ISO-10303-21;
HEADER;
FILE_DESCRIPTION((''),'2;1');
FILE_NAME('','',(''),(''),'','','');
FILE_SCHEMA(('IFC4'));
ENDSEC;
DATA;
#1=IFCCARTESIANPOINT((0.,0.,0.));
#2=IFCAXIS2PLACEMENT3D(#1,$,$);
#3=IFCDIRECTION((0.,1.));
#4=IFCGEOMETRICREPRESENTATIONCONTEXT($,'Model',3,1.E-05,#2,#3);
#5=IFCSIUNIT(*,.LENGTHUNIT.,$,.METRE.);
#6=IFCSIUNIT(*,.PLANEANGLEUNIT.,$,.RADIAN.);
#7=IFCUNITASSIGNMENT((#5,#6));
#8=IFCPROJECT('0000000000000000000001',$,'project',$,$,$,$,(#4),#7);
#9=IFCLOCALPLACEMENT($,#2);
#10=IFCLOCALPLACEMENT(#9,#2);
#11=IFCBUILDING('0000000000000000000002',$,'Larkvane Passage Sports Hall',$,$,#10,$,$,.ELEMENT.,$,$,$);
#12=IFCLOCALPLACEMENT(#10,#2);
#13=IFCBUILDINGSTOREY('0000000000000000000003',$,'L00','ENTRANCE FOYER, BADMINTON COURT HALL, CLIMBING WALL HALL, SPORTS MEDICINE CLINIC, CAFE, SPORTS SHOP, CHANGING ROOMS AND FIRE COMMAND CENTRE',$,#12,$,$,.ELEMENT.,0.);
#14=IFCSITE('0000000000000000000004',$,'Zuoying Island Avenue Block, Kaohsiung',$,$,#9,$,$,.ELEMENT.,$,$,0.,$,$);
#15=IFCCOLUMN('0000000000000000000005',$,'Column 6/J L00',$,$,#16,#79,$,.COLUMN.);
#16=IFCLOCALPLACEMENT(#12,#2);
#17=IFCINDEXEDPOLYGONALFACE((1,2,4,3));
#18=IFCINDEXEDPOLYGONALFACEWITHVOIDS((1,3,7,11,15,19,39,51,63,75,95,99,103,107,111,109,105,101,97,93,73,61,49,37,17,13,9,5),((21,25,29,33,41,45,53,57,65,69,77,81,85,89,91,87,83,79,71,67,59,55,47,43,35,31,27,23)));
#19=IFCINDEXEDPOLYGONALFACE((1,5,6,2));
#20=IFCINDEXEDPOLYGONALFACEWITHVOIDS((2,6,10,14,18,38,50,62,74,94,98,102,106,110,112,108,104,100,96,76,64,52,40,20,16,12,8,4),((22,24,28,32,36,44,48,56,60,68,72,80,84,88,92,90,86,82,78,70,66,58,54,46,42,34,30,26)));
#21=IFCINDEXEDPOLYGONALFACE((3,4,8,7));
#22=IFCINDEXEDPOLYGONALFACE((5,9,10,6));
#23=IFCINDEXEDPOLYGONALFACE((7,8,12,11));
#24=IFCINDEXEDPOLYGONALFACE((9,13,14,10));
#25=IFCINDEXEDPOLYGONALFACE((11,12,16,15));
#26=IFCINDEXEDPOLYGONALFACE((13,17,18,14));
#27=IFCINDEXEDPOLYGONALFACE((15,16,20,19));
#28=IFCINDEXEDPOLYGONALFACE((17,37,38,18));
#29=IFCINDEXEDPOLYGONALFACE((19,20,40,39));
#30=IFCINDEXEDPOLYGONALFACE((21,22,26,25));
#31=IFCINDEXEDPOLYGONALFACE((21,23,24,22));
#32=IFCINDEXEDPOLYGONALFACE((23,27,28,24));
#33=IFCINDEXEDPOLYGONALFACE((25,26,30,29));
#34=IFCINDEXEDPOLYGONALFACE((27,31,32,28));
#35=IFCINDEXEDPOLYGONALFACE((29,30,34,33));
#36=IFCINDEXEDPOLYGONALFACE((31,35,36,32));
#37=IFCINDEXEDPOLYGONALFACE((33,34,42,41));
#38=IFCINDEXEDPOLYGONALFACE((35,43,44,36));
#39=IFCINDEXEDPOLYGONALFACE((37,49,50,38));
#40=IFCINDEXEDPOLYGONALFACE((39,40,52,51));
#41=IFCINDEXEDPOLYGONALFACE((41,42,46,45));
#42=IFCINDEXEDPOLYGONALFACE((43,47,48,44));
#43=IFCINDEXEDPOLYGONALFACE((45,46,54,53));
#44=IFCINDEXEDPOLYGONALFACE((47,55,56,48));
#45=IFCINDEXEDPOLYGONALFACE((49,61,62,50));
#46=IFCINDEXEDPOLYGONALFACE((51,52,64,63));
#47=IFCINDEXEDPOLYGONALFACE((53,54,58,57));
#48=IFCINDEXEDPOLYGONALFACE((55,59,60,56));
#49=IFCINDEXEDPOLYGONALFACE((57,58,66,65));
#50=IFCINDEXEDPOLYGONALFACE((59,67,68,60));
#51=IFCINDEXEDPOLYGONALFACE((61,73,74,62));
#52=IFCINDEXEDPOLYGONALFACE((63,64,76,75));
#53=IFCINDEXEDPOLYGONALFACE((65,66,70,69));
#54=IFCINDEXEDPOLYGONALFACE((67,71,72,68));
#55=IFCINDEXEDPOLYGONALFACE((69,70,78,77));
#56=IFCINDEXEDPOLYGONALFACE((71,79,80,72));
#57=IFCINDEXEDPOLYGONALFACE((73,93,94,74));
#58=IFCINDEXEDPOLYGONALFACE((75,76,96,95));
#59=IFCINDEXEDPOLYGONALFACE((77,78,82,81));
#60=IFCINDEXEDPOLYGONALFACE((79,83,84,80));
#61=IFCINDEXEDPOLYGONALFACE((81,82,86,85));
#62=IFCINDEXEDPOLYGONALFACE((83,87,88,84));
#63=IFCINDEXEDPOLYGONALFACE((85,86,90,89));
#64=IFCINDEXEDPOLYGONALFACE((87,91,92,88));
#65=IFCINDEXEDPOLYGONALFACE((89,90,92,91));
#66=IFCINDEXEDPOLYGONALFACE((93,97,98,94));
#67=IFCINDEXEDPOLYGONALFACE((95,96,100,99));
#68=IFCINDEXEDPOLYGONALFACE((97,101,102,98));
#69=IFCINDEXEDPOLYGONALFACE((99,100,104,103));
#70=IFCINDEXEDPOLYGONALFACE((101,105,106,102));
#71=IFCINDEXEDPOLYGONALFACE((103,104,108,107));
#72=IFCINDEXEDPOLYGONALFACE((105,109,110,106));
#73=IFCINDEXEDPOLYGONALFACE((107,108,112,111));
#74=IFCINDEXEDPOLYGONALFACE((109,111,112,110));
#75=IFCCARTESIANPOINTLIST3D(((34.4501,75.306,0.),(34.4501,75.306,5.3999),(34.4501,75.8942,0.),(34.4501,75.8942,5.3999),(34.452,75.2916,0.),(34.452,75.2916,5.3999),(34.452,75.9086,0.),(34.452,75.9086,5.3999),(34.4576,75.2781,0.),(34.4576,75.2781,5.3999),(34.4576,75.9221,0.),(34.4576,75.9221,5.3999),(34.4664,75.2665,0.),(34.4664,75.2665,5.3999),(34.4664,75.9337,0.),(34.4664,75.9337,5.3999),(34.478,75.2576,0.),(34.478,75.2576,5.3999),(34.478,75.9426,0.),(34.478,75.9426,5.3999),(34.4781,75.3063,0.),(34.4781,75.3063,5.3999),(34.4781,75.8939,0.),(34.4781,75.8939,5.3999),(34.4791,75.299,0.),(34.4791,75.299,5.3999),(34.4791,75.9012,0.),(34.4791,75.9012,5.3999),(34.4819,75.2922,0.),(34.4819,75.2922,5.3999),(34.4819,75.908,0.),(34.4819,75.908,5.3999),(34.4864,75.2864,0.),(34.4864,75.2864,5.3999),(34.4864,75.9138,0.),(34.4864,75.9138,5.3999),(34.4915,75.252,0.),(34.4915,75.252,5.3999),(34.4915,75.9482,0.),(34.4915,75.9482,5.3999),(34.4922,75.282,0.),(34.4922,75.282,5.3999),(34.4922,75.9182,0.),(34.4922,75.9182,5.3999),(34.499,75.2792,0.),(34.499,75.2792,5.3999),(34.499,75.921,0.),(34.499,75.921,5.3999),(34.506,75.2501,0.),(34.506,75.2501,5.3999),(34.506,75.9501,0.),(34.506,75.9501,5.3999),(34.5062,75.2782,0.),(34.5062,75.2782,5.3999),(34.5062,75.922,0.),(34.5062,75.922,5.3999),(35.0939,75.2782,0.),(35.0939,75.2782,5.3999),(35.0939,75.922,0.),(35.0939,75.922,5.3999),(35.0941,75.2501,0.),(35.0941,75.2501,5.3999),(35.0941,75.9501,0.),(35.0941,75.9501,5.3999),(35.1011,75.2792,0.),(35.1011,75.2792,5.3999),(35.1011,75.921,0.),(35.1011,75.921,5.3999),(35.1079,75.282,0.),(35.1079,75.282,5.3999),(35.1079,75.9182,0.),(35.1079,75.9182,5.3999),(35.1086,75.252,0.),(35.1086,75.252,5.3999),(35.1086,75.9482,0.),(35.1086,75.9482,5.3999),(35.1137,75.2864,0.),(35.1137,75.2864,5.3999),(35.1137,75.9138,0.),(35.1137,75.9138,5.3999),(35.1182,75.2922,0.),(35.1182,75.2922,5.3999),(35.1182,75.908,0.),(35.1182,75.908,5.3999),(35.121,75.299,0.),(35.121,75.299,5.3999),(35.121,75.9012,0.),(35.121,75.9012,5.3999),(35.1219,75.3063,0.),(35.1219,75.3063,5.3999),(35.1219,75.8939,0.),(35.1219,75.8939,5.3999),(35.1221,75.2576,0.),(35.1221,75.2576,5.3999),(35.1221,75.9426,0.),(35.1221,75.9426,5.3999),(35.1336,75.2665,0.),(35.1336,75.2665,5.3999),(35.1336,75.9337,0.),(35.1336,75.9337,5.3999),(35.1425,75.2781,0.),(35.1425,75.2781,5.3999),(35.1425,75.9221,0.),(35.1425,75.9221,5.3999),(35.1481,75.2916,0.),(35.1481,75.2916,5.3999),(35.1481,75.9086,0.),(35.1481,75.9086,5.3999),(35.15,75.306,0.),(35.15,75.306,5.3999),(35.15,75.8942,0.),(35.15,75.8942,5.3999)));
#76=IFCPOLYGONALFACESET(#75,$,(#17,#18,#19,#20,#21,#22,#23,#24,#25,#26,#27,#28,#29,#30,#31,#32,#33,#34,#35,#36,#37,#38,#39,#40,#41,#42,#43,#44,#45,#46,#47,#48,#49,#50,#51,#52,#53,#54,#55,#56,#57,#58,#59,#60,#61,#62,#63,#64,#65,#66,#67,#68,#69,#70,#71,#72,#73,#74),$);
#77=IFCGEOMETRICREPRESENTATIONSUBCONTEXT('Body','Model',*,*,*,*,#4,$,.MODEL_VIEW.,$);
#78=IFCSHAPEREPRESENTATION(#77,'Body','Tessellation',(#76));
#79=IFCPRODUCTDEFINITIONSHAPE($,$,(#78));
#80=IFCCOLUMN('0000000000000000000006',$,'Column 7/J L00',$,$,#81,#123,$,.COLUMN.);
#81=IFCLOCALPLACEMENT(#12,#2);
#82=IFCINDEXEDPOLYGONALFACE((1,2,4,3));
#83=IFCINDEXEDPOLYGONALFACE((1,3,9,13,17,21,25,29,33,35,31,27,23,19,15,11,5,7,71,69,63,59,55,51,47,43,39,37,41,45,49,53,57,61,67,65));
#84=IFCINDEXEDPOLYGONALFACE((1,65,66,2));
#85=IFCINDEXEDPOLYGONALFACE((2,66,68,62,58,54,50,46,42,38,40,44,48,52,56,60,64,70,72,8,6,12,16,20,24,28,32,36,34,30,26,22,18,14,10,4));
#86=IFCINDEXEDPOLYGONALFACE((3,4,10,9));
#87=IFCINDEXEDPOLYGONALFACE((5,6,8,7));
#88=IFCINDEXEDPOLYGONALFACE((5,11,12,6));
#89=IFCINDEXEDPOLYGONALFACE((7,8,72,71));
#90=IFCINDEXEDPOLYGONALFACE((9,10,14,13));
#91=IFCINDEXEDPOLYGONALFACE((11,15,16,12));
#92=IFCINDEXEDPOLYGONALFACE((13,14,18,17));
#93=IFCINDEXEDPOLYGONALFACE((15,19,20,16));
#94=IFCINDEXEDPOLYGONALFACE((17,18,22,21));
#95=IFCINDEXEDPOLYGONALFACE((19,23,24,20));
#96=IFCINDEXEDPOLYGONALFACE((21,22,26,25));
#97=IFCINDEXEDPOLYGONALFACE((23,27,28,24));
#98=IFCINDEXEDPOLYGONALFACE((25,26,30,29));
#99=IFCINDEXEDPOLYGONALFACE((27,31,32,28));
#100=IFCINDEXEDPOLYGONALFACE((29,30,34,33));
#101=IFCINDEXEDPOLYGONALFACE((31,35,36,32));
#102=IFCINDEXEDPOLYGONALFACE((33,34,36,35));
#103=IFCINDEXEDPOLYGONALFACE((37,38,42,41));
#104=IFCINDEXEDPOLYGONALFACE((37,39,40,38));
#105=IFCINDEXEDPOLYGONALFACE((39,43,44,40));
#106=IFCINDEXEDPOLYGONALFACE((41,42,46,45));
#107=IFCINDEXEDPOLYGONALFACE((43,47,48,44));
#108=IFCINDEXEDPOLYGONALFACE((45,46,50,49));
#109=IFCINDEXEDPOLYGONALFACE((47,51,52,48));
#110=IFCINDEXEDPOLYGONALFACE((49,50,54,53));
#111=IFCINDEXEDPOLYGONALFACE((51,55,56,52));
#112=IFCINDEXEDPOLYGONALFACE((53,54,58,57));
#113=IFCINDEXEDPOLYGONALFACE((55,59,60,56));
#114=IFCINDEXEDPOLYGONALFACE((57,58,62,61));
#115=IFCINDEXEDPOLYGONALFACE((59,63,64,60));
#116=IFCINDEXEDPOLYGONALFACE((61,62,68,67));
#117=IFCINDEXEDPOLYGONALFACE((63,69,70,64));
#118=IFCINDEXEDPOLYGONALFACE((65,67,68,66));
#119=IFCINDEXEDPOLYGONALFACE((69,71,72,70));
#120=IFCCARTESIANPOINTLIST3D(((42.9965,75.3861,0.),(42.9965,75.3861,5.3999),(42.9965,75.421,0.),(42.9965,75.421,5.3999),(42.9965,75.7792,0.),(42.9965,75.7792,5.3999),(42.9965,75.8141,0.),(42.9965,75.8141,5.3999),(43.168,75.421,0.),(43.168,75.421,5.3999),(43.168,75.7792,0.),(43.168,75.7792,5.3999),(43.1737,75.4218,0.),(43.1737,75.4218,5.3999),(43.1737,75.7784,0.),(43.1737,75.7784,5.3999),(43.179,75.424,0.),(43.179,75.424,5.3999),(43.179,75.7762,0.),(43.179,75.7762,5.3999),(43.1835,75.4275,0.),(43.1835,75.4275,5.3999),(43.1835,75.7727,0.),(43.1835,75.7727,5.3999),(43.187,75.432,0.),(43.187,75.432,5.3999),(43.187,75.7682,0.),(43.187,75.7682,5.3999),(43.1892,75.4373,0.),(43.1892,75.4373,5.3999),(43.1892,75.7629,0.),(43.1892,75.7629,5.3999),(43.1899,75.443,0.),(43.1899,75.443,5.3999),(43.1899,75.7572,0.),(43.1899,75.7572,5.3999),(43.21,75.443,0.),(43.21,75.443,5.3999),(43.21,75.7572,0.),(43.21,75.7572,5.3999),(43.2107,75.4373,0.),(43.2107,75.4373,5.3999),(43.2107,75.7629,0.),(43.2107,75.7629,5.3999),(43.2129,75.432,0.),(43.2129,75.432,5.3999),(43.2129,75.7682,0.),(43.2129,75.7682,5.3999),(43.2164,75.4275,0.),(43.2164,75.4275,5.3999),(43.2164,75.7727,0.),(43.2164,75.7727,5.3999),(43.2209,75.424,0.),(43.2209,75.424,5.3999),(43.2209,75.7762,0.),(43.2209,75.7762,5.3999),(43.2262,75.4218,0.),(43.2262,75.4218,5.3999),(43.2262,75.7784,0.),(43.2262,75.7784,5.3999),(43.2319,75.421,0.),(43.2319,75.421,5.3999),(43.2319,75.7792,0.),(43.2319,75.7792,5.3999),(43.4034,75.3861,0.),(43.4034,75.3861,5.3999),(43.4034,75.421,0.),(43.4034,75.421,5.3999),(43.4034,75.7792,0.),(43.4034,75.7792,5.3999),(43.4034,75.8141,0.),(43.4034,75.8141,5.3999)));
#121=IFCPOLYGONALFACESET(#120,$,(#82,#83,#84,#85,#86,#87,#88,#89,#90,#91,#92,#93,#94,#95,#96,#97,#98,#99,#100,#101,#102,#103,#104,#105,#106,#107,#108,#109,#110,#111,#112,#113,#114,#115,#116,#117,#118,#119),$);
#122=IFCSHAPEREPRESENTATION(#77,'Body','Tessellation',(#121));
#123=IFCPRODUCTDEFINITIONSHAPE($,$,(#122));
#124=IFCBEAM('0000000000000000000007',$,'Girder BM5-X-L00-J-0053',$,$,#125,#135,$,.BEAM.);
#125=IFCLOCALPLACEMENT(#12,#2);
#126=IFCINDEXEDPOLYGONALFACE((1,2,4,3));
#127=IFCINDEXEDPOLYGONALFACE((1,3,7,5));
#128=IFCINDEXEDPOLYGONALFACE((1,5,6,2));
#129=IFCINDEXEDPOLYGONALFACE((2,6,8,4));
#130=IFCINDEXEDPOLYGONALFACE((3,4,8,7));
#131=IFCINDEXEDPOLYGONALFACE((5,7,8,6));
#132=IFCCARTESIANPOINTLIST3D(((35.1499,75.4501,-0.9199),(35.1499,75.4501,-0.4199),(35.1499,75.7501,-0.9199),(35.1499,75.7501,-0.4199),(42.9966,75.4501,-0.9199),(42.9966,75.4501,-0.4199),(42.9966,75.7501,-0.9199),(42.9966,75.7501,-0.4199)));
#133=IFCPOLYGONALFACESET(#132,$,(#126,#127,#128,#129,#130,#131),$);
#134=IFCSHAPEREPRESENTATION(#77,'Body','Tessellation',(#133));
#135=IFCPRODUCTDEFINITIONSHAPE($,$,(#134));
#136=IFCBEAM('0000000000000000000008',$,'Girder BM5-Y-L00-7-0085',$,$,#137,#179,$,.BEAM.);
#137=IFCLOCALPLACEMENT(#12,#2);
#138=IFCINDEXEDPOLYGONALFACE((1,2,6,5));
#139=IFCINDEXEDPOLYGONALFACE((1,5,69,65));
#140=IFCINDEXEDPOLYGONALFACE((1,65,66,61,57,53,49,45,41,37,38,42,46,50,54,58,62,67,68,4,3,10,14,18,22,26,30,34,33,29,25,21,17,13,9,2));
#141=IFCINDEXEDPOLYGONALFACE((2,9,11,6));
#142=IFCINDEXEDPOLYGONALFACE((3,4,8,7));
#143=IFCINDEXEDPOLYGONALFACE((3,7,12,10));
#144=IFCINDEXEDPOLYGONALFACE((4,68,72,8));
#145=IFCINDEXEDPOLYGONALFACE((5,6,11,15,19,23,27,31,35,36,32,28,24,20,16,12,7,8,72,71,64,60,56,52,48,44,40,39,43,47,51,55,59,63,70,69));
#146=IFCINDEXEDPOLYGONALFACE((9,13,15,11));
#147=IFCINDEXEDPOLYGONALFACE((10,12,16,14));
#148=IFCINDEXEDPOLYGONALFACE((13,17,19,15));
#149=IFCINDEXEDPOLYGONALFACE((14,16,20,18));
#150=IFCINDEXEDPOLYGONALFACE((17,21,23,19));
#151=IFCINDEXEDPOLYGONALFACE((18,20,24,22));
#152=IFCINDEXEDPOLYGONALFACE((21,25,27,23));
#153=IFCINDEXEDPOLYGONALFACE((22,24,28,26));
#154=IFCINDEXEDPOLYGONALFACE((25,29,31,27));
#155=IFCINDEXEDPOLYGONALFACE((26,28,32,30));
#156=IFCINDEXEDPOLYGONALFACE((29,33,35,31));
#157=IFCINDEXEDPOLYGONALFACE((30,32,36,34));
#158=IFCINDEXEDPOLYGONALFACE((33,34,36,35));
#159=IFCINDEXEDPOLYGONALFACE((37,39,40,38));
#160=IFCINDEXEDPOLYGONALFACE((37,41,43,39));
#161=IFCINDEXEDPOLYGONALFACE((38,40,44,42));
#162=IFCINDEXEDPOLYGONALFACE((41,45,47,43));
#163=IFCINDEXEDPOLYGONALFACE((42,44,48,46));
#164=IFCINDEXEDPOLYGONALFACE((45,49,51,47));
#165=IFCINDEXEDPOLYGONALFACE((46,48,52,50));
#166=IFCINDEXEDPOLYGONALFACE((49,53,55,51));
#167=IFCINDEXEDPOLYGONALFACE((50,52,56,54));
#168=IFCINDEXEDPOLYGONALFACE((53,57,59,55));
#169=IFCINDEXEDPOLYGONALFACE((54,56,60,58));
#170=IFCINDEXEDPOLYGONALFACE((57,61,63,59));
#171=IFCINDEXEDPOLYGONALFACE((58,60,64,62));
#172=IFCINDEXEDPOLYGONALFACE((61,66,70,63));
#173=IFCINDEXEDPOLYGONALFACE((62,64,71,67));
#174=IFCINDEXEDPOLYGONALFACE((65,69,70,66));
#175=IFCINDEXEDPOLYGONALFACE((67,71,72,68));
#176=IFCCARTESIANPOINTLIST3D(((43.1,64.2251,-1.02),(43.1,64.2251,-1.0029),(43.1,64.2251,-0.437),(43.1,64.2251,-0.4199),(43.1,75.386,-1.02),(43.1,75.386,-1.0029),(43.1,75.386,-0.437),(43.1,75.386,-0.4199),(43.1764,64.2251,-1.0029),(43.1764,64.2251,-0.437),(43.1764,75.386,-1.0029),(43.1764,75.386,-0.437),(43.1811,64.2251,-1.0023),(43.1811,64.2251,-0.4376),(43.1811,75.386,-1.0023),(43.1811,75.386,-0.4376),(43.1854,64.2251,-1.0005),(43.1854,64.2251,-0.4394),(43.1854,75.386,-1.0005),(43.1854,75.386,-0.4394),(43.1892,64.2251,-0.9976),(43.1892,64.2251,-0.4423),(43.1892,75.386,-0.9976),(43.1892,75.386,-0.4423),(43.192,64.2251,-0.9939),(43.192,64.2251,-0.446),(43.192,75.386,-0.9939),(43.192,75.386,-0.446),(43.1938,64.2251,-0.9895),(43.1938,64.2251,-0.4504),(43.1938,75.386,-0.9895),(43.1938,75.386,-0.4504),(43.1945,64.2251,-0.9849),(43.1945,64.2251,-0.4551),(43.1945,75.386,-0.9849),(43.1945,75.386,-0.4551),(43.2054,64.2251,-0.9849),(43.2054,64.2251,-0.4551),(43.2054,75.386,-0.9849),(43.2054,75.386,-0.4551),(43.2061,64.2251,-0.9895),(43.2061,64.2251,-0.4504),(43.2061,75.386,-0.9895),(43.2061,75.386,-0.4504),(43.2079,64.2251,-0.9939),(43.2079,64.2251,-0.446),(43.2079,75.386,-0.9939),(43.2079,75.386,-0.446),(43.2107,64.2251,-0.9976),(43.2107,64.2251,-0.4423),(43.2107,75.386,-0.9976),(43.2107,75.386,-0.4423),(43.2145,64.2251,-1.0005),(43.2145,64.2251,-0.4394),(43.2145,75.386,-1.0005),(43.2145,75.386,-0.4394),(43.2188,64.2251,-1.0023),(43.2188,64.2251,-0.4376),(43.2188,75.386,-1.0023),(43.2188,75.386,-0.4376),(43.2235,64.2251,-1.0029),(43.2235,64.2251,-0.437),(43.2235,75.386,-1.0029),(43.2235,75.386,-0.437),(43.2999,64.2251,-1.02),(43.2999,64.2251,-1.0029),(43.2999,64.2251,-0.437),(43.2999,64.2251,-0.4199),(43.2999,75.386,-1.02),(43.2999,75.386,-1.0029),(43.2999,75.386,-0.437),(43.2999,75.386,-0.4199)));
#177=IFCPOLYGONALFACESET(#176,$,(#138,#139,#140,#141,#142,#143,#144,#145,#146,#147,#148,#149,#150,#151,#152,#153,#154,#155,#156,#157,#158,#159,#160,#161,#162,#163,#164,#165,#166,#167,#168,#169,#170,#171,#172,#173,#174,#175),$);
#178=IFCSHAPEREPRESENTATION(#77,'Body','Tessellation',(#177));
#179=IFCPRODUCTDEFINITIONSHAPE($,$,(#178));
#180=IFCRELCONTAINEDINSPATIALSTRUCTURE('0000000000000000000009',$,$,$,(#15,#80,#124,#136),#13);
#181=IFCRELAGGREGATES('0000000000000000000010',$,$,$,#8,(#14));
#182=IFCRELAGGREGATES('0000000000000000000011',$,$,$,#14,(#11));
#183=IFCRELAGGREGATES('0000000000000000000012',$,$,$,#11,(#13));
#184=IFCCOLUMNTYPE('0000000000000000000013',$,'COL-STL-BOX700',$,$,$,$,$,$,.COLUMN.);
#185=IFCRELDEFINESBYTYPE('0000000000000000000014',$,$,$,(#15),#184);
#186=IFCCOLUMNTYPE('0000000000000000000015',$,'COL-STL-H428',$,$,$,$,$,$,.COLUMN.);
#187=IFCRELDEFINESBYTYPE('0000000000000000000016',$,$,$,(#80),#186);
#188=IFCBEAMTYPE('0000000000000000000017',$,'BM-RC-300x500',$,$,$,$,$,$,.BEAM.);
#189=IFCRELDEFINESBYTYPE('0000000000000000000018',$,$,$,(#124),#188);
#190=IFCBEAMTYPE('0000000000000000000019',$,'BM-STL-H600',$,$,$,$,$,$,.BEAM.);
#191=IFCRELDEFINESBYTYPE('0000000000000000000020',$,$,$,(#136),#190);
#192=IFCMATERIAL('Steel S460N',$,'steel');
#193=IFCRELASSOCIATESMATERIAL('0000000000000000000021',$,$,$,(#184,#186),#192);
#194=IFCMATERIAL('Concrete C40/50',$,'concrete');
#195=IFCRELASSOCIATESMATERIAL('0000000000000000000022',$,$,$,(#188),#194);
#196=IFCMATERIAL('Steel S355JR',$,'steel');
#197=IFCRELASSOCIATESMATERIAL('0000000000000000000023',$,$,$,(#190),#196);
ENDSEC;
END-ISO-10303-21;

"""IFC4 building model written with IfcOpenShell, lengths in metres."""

from ifc_helpers import new_model, si_unit, direction, frame, origin, origin_2d, place, context, subcontext, project, spatial, rectangle, hollow_rectangle, i_section, extrude, material, material_profile, profile_set, type_object, element, save


model = new_model("IFC4")

# Units and contexts
model_context = context("Model", 3, precision=1e-05, world=origin(), true_north=direction((0.0, 1.0)))
body_context = subcontext(model_context, "Body", "Model", "MODEL_VIEW")
ifc_project = project(units=[si_unit("LENGTHUNIT", "METRE"), si_unit("PLANEANGLEUNIT", "RADIAN")], contexts=[model_context])

# Site, building, storey
site_placement = place(None, origin())
site = spatial("IfcSite", under=ifc_project, at=site_placement, Name="Zuoying Island Avenue Block, Kaohsiung", CompositionType="ELEMENT", RefElevation=0.0)
building_placement = place(site_placement, origin())
building = spatial("IfcBuilding", under=site, at=building_placement, Name="Larkvane Passage Sports Hall", CompositionType="ELEMENT")
storey_placement = place(building_placement, origin())
storey = spatial("IfcBuildingStorey", under=building, at=storey_placement, Name="L00", Description="ENTRANCE FOYER, BADMINTON COURT HALL, CLIMBING WALL HALL, SPORTS MEDICINE CLINIC, CAFE, SPORTS SHOP, CHANGING ROOMS AND FIRE COMMAND CENTRE", CompositionType="ELEMENT", Elevation=0.0)

# Columns
ifc_material_1 = material(Name="Steel S460N", Category="steel")
ifc_material_profile_1 = material_profile(ifc_material_1, hollow_rectangle(XDim=0.7, YDim=0.7, WallThickness=0.0281, InnerFilletRadius=0.0281, OuterFilletRadius=0.0559, at=origin_2d()), Name="BOX-700x700x28")
ifc_profile_set_1 = profile_set([ifc_material_profile_1], Name="Steel S460N")
column_type_1 = type_object("IfcColumnType", Name="COL-STL-BOX700", PredefinedType="COLUMN", material=ifc_profile_set_1)
column_1_placement = place(storey_placement, frame((34.8, 75.6001, 0.0), z_axis=(0.0, 0.0, 1.0), x_axis=(1.0, 0.0, 0.0)))
element("IfcColumn", 1, at=column_1_placement, inside=storey, type_object=column_type_1, Name="Column 6/J L00", PredefinedType="COLUMN", context=body_context, shape_type="SweptSolid", body=[
    extrude(hollow_rectangle(XDim=0.7, YDim=0.7, WallThickness=0.0281, InnerFilletRadius=0.0281, OuterFilletRadius=0.0559, at=origin_2d()), origin(), (0.0, 0.0, 1.0), 5.3999),
])
ifc_material_profile_2 = material_profile(ifc_material_1, i_section(OverallWidth=0.407, OverallDepth=0.428, WebThickness=0.02, FlangeThickness=0.0349, FilletRadius=0.022, at=origin_2d()), Name="H-428x407x20x35")
ifc_profile_set_2 = profile_set([ifc_material_profile_2], Name="Steel S460N")
column_type_2 = type_object("IfcColumnType", Name="COL-STL-H428", PredefinedType="COLUMN", material=ifc_profile_set_2)
column_2_placement = place(storey_placement, frame((43.2, 75.6001, 0.0), z_axis=(0.0, 0.0, 1.0), x_axis=(1.0, 0.0, 0.0)))
element("IfcColumn", 2, at=column_2_placement, inside=storey, type_object=column_type_2, Name="Column 7/J L00", PredefinedType="COLUMN", context=body_context, shape_type="SweptSolid", body=[
    extrude(i_section(OverallWidth=0.407, OverallDepth=0.428, WebThickness=0.02, FlangeThickness=0.0349, FilletRadius=0.022, at=origin_2d()), origin(), (0.0, 0.0, 1.0), 5.3999),
])

# Beams
ifc_material_2 = material(Name="Concrete C40/50", Category="concrete")
ifc_material_profile_3 = material_profile(ifc_material_2, rectangle(XDim=0.3, YDim=0.5, at=origin_2d()), Name="RC-BM-300x500")
ifc_profile_set_3 = profile_set([ifc_material_profile_3], Name="Concrete C40/50")
beam_type_1 = type_object("IfcBeamType", Name="BM-RC-300x500", PredefinedType="BEAM", material=ifc_profile_set_3)
beam_1_placement = place(storey_placement, frame((35.1499, 75.6001, -0.6699), z_axis=(1.0, 0.0, 0.0), x_axis=(0.0, 1.0, 0.0)))
element("IfcBeam", 3, at=beam_1_placement, inside=storey, type_object=beam_type_1, Name="Girder BM5-X-L00-J-0053", PredefinedType="BEAM", context=body_context, shape_type="SweptSolid", body=[
    extrude(rectangle(XDim=0.3, YDim=0.5, at=origin_2d()), origin(), (0.0, 0.0, 1.0), 7.8467),
])
ifc_material_3 = material(Name="Steel S355JR", Category="steel")
ifc_material_profile_4 = material_profile(ifc_material_3, i_section(OverallWidth=0.2, OverallDepth=0.6001, WebThickness=0.011, FlangeThickness=0.0171, FilletRadius=0.0181, at=origin_2d()), Name="H-600x200x11x17")
ifc_profile_set_4 = profile_set([ifc_material_profile_4], Name="Steel S355JR")
beam_type_2 = type_object("IfcBeamType", Name="BM-STL-H600", PredefinedType="BEAM", material=ifc_profile_set_4)
beam_2_placement = place(storey_placement, frame((43.2, 64.2251, -0.72), z_axis=(0.0, 1.0, 0.0), x_axis=(-1.0, 0.0, 0.0)))
element("IfcBeam", 4, at=beam_2_placement, inside=storey, type_object=beam_type_2, Name="Girder BM5-Y-L00-7-0085", PredefinedType="BEAM", context=body_context, shape_type="SweptSolid", body=[
    extrude(i_section(OverallWidth=0.2, OverallDepth=0.6001, WebThickness=0.011, FlangeThickness=0.0171, FilletRadius=0.0181, at=origin_2d()), origin(), (0.0, 0.0, 1.0), 11.1609),
])

save(model, "model.ifc")
